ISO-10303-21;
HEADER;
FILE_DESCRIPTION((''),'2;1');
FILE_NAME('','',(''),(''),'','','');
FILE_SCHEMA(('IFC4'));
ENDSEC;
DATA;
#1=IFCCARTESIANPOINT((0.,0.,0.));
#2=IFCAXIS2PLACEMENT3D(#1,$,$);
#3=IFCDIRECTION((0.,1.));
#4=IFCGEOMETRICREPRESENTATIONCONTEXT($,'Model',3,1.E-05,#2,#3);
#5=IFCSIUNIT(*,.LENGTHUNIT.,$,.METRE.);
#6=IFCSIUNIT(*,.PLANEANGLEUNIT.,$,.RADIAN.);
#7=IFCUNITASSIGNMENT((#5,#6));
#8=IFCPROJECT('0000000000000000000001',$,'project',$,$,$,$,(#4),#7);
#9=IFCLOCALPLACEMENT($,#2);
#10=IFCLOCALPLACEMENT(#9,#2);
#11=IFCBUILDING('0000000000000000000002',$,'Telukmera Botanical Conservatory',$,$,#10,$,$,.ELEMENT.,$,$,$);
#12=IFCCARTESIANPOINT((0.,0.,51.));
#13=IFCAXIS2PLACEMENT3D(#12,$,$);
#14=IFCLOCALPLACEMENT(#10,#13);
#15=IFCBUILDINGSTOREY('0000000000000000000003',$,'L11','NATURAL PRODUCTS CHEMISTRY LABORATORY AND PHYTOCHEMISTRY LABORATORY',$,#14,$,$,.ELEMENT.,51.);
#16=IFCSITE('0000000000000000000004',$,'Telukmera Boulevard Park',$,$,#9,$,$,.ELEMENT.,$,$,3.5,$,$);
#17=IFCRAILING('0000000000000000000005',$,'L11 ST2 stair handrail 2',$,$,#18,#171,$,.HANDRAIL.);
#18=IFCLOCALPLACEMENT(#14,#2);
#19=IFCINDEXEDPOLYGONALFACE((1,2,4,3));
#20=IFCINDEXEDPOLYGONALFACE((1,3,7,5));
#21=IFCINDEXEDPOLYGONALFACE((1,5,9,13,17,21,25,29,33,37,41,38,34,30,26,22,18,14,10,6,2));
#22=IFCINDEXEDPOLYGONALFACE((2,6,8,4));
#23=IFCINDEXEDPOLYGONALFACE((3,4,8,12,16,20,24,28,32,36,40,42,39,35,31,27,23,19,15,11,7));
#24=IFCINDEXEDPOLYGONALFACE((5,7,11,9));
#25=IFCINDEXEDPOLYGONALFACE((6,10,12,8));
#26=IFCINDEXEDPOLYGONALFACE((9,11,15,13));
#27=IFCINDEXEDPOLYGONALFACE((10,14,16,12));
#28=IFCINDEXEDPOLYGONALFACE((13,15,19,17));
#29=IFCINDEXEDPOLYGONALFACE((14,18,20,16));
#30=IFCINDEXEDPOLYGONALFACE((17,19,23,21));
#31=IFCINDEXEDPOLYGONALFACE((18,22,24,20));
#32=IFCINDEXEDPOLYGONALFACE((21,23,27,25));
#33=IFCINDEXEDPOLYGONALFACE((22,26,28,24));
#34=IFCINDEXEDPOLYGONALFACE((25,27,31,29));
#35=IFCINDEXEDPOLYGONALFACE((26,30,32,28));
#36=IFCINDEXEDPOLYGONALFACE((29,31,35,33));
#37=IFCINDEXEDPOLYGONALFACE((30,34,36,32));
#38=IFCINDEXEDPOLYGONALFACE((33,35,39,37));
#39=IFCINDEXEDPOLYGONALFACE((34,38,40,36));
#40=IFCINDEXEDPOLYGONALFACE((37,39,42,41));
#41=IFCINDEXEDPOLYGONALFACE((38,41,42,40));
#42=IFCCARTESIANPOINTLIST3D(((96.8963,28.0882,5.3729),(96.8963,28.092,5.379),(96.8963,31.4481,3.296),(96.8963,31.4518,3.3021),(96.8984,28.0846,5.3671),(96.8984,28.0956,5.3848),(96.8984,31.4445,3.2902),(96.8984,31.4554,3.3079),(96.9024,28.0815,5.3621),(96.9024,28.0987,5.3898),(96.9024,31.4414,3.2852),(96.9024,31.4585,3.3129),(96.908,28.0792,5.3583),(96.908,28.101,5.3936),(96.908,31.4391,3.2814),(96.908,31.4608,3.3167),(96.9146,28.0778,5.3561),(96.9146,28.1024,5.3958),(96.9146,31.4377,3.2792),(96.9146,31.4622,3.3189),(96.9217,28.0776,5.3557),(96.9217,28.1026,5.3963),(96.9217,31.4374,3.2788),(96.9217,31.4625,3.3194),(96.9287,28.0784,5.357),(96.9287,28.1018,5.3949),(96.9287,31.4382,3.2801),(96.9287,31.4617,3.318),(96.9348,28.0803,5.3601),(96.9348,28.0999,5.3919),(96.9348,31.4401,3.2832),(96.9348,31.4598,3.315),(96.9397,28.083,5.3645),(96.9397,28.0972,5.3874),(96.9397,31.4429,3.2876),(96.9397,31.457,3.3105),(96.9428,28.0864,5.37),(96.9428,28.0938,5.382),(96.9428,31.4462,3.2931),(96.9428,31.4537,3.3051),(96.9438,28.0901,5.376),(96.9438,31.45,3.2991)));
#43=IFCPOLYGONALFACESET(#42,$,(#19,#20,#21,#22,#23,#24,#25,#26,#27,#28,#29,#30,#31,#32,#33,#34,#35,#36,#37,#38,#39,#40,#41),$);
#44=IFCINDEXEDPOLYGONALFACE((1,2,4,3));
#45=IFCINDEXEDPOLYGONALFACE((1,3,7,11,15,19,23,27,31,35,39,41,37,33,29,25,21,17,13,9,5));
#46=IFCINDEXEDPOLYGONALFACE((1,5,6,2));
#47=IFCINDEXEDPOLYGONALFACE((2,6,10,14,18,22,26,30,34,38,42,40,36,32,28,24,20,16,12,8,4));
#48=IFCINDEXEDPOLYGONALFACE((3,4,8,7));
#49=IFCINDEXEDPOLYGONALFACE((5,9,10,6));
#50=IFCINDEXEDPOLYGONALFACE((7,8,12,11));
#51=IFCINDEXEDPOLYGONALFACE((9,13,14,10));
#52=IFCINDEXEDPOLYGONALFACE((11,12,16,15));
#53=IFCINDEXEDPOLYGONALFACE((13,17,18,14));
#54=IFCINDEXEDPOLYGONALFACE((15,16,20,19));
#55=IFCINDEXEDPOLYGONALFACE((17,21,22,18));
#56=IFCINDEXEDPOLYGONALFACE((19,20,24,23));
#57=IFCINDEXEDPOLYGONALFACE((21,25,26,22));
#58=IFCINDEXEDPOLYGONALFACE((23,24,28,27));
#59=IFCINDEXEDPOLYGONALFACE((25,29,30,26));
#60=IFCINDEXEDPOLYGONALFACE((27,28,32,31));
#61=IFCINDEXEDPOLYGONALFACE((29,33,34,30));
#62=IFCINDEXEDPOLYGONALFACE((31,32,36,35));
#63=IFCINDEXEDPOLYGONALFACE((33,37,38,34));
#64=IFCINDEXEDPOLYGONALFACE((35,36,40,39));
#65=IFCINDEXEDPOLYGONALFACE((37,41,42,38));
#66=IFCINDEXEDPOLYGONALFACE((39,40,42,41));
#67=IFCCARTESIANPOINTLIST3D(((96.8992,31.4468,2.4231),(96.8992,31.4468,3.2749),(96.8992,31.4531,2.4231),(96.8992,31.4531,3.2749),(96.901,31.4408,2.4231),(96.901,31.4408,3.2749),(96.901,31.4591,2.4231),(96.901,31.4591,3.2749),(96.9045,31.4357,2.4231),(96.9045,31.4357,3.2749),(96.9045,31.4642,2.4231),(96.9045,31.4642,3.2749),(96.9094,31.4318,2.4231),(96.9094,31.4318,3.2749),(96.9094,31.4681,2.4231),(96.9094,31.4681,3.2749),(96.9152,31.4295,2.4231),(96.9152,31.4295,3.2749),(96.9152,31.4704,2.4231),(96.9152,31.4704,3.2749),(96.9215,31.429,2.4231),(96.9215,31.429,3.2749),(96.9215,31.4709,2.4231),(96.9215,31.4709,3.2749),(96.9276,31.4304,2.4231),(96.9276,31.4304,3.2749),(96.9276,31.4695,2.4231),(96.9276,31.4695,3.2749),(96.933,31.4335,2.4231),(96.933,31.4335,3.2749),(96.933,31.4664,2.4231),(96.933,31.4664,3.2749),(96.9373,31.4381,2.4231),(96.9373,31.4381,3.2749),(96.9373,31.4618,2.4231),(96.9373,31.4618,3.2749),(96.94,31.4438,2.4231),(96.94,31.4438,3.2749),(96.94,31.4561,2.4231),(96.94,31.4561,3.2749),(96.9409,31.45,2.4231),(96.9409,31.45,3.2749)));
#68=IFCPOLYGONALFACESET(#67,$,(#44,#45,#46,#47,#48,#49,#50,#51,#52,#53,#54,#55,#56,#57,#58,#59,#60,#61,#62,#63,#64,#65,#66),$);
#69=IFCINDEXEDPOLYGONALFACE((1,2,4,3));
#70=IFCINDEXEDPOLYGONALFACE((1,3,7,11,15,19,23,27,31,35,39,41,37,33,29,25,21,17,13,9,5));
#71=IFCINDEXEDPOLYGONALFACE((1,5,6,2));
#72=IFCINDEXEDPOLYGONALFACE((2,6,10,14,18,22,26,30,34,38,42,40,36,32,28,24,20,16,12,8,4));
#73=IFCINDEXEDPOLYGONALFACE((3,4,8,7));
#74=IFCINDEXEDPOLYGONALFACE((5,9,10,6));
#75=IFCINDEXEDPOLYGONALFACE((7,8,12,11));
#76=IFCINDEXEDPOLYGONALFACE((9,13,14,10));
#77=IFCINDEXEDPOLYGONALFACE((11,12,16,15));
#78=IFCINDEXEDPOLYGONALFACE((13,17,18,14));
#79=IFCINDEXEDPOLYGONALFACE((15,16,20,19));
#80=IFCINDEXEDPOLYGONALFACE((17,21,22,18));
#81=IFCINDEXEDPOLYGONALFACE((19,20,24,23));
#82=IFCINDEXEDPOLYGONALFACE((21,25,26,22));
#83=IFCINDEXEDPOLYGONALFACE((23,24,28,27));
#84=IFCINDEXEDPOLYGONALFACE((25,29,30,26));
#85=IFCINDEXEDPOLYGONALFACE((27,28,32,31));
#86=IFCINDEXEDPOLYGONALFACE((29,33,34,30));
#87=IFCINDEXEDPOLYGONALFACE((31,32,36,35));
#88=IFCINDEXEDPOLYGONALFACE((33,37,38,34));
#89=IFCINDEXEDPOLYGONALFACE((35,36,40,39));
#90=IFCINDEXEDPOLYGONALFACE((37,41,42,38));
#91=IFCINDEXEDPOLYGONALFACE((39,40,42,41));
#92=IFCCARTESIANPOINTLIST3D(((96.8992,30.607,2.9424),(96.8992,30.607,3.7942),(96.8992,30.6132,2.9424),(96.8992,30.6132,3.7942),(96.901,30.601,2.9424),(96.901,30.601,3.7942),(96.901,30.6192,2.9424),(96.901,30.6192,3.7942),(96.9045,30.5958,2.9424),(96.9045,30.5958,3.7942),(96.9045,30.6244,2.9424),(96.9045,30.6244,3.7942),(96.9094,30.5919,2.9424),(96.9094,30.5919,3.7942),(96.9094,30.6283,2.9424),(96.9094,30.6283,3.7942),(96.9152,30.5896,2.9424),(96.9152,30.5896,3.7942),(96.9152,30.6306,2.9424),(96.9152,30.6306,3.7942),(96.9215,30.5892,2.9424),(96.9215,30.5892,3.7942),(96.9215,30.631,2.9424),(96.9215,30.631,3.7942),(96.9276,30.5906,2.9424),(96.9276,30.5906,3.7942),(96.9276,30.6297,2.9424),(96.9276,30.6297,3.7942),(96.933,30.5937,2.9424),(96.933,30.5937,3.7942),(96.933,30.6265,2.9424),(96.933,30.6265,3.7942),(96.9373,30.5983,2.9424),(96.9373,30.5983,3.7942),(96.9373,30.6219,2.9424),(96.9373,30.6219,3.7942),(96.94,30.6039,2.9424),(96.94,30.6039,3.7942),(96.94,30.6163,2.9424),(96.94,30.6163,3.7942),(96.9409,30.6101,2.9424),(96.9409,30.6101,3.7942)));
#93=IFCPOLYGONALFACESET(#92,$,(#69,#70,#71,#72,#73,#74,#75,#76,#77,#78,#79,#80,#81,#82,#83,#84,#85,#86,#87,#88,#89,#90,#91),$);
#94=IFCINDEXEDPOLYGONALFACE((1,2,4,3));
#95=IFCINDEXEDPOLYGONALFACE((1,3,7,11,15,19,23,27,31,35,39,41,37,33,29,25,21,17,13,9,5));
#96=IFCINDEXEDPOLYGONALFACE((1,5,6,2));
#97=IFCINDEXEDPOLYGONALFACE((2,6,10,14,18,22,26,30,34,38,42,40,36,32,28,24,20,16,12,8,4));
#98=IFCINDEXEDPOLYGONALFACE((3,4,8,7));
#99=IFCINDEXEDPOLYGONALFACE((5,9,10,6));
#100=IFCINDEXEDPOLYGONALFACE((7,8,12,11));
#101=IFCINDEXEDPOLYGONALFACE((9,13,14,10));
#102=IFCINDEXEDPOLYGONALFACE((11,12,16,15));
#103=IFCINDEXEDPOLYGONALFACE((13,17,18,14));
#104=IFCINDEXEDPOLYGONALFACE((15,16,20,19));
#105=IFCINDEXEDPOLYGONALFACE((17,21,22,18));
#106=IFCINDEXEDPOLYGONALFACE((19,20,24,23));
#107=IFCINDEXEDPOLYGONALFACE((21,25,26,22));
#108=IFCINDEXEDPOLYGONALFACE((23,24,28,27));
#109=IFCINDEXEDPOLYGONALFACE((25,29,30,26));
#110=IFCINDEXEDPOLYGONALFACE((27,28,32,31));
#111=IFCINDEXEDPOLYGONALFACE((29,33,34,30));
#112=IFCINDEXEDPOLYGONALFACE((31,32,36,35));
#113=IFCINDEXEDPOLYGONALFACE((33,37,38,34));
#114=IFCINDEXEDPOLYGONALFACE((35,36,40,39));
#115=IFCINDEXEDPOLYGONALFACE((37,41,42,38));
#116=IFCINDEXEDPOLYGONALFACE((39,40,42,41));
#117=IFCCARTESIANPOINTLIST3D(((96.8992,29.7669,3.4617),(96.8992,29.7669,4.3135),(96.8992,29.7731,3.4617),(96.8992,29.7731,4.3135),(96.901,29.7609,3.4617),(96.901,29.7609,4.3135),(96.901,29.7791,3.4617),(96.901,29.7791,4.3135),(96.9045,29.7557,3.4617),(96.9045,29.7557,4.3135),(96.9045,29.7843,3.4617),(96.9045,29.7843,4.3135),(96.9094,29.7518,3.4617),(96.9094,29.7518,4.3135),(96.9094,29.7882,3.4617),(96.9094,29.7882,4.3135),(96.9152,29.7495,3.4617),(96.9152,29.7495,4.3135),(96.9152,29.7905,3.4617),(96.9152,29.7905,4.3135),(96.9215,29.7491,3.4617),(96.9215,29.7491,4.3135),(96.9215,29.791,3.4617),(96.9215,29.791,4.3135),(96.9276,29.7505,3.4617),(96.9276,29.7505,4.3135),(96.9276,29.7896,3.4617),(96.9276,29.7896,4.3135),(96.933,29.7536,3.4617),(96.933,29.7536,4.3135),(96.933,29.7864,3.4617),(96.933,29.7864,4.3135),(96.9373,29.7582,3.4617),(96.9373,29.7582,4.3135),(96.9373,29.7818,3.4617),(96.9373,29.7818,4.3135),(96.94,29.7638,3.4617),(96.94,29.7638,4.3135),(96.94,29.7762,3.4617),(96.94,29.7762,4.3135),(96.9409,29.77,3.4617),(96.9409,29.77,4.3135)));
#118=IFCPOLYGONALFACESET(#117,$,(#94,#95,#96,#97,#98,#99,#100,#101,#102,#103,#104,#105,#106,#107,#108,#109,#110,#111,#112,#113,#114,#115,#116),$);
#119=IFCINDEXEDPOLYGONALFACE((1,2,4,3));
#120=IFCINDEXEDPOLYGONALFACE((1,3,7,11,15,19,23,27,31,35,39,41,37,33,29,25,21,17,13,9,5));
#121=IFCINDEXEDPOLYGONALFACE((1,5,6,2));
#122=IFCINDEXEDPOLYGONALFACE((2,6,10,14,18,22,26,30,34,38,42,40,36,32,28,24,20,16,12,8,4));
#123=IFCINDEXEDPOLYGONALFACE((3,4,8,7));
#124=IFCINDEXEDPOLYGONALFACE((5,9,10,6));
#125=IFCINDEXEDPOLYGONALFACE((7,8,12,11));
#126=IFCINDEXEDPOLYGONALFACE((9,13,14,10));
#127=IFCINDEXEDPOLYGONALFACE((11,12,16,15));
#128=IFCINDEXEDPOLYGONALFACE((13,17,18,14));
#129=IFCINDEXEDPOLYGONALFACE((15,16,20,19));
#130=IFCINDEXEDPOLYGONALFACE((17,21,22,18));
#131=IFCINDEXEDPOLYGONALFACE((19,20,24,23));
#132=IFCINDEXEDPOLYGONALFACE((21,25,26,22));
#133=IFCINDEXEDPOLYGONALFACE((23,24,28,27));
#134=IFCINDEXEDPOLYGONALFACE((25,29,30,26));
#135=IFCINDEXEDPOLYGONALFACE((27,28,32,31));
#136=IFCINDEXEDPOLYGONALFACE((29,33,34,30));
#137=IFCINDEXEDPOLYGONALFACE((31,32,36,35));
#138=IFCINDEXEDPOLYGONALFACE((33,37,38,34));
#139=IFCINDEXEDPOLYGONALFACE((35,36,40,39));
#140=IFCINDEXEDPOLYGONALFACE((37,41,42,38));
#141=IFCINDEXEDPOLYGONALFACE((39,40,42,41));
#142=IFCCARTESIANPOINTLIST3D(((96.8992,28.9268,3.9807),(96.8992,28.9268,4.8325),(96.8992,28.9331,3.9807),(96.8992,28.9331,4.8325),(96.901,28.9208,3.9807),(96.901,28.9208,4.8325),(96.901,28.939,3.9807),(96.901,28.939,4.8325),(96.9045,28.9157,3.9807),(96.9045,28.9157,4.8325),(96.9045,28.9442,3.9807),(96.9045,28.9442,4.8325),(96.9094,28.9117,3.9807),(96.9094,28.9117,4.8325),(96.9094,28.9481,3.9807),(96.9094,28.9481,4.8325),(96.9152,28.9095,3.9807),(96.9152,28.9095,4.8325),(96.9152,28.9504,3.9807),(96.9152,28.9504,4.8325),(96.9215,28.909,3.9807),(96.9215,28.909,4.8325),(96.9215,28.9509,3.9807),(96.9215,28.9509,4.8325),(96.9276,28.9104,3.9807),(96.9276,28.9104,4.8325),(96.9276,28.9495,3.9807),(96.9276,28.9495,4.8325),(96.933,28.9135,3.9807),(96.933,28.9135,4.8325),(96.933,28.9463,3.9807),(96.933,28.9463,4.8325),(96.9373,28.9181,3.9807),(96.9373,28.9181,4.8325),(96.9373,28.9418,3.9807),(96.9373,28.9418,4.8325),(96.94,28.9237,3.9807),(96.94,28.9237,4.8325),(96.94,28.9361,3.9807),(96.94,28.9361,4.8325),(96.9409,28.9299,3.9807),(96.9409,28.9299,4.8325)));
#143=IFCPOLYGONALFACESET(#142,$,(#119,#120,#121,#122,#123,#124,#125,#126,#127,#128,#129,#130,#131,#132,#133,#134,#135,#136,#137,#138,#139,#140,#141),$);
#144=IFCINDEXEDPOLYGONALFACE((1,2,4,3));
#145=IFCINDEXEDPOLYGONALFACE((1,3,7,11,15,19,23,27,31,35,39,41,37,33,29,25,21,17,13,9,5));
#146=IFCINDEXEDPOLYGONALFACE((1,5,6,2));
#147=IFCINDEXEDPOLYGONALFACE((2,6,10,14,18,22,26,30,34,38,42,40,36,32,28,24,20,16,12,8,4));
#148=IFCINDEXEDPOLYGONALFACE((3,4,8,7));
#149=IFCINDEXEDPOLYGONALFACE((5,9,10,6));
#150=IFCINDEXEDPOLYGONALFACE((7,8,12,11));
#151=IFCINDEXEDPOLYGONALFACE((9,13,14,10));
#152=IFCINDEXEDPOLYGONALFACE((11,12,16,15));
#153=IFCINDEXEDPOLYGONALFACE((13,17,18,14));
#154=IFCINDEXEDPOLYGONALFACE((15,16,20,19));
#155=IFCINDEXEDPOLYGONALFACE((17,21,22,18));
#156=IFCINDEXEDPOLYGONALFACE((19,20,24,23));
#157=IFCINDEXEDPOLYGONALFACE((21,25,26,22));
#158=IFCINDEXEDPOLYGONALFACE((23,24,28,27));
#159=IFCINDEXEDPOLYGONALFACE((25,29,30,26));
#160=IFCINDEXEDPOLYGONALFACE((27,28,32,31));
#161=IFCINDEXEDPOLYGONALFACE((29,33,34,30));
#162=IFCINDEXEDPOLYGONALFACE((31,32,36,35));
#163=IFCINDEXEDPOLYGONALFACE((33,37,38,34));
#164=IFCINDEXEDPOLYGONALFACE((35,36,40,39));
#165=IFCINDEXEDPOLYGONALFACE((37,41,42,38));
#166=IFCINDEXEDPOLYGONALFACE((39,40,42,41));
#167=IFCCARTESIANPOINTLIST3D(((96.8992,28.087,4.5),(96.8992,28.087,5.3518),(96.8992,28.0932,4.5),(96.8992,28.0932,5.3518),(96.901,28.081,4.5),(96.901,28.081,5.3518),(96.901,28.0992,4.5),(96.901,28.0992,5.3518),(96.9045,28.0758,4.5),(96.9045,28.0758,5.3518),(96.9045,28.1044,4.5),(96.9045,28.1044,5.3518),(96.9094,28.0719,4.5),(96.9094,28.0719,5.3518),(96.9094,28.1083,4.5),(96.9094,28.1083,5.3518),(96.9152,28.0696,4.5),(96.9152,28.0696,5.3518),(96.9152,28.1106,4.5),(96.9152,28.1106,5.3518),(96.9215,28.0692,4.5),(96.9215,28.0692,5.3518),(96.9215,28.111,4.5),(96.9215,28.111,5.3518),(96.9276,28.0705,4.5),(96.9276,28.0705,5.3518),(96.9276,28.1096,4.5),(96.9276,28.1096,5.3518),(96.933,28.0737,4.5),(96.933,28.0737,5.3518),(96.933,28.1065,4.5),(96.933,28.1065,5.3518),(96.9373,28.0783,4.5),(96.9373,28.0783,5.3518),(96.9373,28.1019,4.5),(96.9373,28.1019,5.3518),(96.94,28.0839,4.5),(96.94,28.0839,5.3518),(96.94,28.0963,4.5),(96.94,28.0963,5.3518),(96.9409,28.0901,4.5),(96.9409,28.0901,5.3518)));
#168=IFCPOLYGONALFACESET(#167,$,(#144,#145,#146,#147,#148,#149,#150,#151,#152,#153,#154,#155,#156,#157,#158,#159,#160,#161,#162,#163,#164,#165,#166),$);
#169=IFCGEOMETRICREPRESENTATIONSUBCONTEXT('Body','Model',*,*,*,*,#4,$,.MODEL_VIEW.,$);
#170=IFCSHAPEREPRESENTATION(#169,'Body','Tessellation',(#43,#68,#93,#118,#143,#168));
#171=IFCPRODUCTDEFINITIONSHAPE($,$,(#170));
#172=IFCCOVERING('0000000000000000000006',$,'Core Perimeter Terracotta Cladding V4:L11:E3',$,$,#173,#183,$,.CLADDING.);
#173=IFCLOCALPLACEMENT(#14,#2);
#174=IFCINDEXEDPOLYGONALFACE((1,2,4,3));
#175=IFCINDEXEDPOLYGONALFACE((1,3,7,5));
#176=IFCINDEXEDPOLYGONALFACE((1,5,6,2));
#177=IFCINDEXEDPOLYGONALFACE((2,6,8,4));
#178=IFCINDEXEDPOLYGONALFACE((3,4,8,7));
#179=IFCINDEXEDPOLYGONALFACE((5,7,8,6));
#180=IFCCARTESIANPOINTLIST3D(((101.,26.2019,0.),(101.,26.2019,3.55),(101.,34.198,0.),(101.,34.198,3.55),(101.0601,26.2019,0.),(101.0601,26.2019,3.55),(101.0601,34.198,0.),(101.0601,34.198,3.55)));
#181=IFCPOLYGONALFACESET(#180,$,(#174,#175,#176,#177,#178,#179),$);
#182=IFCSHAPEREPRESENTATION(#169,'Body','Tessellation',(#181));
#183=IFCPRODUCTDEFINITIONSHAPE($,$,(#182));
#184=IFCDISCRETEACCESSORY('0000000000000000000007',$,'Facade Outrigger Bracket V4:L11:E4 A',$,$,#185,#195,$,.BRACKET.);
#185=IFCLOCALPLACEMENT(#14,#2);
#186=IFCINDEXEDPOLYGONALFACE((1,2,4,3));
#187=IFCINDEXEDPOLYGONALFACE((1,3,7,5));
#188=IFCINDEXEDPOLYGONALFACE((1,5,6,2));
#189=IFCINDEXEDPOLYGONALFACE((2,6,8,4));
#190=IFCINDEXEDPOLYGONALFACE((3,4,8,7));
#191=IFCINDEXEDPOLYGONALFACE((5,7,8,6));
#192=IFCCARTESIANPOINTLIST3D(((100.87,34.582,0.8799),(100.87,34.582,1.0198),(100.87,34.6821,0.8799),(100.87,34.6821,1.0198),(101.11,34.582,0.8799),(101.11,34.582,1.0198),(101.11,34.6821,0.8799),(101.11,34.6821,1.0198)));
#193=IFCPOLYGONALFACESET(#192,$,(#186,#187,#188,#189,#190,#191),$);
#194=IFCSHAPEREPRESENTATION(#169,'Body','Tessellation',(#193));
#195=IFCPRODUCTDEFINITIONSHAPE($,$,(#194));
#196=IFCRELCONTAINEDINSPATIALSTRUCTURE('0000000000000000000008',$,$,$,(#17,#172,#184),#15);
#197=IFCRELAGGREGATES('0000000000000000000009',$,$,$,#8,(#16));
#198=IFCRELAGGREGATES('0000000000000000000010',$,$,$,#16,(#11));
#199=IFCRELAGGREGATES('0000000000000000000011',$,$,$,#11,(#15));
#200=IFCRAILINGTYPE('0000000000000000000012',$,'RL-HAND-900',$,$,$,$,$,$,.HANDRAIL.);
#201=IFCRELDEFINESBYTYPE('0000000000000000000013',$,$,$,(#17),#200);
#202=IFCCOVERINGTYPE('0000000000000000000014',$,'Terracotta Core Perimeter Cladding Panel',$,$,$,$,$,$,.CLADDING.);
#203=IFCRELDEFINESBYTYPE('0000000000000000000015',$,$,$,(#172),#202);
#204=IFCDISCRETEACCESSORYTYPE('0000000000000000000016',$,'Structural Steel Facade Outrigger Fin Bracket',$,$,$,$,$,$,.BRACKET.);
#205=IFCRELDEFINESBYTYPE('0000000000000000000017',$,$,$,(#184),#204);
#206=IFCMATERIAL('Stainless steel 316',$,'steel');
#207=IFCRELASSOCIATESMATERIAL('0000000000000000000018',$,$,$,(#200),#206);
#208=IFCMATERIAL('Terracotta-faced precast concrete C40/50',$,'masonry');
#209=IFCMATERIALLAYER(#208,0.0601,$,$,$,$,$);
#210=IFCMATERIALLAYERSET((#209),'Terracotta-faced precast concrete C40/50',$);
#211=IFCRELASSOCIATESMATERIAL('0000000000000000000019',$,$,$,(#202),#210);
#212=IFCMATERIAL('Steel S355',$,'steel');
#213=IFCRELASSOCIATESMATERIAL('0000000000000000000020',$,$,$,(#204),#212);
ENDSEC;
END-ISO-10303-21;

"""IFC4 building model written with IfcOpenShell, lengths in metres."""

from ifc_helpers import new_model, si_unit, direction, frame, origin, origin_2d, place, context, subcontext, project, spatial, rectangle, circle, extrude, material, layer, layer_set, type_object, element, save


model = new_model("IFC4")

# Units and contexts
model_context = context("Model", 3, precision=1e-05, world=origin(), true_north=direction((0.0, 1.0)))
body_context = subcontext(model_context, "Body", "Model", "MODEL_VIEW")
ifc_project = project(units=[si_unit("LENGTHUNIT", "METRE"), si_unit("PLANEANGLEUNIT", "RADIAN")], contexts=[model_context])

# Site, building, storey
site_placement = place(None, origin())
site = spatial("IfcSite", under=ifc_project, at=site_placement, Name="Telukmera Boulevard Park", CompositionType="ELEMENT", RefElevation=3.5)
building_placement = place(site_placement, origin())
building = spatial("IfcBuilding", under=site, at=building_placement, Name="Telukmera Botanical Conservatory", CompositionType="ELEMENT")
storey_placement = place(building_placement, frame((0.0, 0.0, 51.0)))
storey = spatial("IfcBuildingStorey", under=building, at=storey_placement, Name="L11", Description="NATURAL PRODUCTS CHEMISTRY LABORATORY AND PHYTOCHEMISTRY LABORATORY", CompositionType="ELEMENT", Elevation=51.0)

# Railing
ifc_material_1 = material(Name="Steel S355", Category="steel")
ifc_material_2 = material(Name="Stainless steel 316", Category="steel")
railing_type_1 = type_object("IfcRailingType", Name="RL-HAND-900", PredefinedType="HANDRAIL", material=ifc_material_2)
railing_1_placement = place(storey_placement, frame((96.9199, 31.45, 2.4231)))
element("IfcRailing", 1, at=railing_1_placement, inside=storey, type_object=railing_type_1, Name="L11 ST2 stair handrail 2", PredefinedType="HANDRAIL", context=body_context, shape_type="SweptSolid", body=[
    extrude(circle(Radius=0.0239, at=origin_2d()), frame((0.0, 0.0, 0.876), z_axis=(0.0, -0.850606, 0.525803), x_axis=(1.0, 0.0, 0.0)), (0.0, 0.0, 1.0), 3.95),
    extrude(circle(Radius=0.021, at=origin_2d()), origin(), (0.0, 0.0, 1.0), 0.8518),
    extrude(circle(Radius=0.021, at=origin_2d()), frame((0.0, -0.8398, 0.5193)), (0.0, 0.0, 1.0), 0.8518),
    extrude(circle(Radius=0.021, at=origin_2d()), frame((0.0, -1.6799, 1.0386)), (0.0, 0.0, 1.0), 0.8518),
    extrude(circle(Radius=0.021, at=origin_2d()), frame((0.0, -2.52, 1.5576)), (0.0, 0.0, 1.0), 0.8518),
    extrude(circle(Radius=0.021, at=origin_2d()), frame((0.0, -3.3599, 2.0769)), (0.0, 0.0, 1.0), 0.8518),
])

# Covering
ifc_material_3 = material(Name="Terracotta-faced precast concrete C40/50", Category="masonry")
ifc_layer_1 = layer(ifc_material_3, 0.0601)
ifc_layer_set_1 = layer_set([ifc_layer_1], Name="Terracotta-faced precast concrete C40/50")
covering_type_1 = type_object("IfcCoveringType", Name="Terracotta Core Perimeter Cladding Panel", PredefinedType="CLADDING", material=ifc_layer_set_1)
covering_1_placement = place(storey_placement, frame((101.03, 30.2, 0.0), z_axis=(0.0, 0.0, 1.0), x_axis=(0.0, 1.0, 0.0)))
element("IfcCovering", 2, at=covering_1_placement, inside=storey, type_object=covering_type_1, Name="Core Perimeter Terracotta Cladding V4:L11:E3", PredefinedType="CLADDING", context=body_context, shape_type="SweptSolid", body=[
    extrude(rectangle(XDim=7.9961, YDim=0.0601, at=origin_2d()), origin(), (0.0, 0.0, 1.0), 3.55),
])

# Discrete accessory
discrete_accessory_type = type_object("IfcDiscreteAccessoryType", Name="Structural Steel Facade Outrigger Fin Bracket", PredefinedType="BRACKET", material=ifc_material_1)
discrete_accessory_placement = place(storey_placement, frame((100.99, 34.6321, 0.8799), z_axis=(0.0, 0.0, 1.0), x_axis=(0.0, 1.0, 0.0)))
element("IfcDiscreteAccessory", 3, at=discrete_accessory_placement, inside=storey, type_object=discrete_accessory_type, Name="Facade Outrigger Bracket V4:L11:E4 A", PredefinedType="BRACKET", context=body_context, shape_type="SweptSolid", body=[
    extrude(rectangle(XDim=0.1001, YDim=0.24, at=origin_2d()), origin(), (0.0, 0.0, 1.0), 0.1399),
])

save(model, "model.ifc")
